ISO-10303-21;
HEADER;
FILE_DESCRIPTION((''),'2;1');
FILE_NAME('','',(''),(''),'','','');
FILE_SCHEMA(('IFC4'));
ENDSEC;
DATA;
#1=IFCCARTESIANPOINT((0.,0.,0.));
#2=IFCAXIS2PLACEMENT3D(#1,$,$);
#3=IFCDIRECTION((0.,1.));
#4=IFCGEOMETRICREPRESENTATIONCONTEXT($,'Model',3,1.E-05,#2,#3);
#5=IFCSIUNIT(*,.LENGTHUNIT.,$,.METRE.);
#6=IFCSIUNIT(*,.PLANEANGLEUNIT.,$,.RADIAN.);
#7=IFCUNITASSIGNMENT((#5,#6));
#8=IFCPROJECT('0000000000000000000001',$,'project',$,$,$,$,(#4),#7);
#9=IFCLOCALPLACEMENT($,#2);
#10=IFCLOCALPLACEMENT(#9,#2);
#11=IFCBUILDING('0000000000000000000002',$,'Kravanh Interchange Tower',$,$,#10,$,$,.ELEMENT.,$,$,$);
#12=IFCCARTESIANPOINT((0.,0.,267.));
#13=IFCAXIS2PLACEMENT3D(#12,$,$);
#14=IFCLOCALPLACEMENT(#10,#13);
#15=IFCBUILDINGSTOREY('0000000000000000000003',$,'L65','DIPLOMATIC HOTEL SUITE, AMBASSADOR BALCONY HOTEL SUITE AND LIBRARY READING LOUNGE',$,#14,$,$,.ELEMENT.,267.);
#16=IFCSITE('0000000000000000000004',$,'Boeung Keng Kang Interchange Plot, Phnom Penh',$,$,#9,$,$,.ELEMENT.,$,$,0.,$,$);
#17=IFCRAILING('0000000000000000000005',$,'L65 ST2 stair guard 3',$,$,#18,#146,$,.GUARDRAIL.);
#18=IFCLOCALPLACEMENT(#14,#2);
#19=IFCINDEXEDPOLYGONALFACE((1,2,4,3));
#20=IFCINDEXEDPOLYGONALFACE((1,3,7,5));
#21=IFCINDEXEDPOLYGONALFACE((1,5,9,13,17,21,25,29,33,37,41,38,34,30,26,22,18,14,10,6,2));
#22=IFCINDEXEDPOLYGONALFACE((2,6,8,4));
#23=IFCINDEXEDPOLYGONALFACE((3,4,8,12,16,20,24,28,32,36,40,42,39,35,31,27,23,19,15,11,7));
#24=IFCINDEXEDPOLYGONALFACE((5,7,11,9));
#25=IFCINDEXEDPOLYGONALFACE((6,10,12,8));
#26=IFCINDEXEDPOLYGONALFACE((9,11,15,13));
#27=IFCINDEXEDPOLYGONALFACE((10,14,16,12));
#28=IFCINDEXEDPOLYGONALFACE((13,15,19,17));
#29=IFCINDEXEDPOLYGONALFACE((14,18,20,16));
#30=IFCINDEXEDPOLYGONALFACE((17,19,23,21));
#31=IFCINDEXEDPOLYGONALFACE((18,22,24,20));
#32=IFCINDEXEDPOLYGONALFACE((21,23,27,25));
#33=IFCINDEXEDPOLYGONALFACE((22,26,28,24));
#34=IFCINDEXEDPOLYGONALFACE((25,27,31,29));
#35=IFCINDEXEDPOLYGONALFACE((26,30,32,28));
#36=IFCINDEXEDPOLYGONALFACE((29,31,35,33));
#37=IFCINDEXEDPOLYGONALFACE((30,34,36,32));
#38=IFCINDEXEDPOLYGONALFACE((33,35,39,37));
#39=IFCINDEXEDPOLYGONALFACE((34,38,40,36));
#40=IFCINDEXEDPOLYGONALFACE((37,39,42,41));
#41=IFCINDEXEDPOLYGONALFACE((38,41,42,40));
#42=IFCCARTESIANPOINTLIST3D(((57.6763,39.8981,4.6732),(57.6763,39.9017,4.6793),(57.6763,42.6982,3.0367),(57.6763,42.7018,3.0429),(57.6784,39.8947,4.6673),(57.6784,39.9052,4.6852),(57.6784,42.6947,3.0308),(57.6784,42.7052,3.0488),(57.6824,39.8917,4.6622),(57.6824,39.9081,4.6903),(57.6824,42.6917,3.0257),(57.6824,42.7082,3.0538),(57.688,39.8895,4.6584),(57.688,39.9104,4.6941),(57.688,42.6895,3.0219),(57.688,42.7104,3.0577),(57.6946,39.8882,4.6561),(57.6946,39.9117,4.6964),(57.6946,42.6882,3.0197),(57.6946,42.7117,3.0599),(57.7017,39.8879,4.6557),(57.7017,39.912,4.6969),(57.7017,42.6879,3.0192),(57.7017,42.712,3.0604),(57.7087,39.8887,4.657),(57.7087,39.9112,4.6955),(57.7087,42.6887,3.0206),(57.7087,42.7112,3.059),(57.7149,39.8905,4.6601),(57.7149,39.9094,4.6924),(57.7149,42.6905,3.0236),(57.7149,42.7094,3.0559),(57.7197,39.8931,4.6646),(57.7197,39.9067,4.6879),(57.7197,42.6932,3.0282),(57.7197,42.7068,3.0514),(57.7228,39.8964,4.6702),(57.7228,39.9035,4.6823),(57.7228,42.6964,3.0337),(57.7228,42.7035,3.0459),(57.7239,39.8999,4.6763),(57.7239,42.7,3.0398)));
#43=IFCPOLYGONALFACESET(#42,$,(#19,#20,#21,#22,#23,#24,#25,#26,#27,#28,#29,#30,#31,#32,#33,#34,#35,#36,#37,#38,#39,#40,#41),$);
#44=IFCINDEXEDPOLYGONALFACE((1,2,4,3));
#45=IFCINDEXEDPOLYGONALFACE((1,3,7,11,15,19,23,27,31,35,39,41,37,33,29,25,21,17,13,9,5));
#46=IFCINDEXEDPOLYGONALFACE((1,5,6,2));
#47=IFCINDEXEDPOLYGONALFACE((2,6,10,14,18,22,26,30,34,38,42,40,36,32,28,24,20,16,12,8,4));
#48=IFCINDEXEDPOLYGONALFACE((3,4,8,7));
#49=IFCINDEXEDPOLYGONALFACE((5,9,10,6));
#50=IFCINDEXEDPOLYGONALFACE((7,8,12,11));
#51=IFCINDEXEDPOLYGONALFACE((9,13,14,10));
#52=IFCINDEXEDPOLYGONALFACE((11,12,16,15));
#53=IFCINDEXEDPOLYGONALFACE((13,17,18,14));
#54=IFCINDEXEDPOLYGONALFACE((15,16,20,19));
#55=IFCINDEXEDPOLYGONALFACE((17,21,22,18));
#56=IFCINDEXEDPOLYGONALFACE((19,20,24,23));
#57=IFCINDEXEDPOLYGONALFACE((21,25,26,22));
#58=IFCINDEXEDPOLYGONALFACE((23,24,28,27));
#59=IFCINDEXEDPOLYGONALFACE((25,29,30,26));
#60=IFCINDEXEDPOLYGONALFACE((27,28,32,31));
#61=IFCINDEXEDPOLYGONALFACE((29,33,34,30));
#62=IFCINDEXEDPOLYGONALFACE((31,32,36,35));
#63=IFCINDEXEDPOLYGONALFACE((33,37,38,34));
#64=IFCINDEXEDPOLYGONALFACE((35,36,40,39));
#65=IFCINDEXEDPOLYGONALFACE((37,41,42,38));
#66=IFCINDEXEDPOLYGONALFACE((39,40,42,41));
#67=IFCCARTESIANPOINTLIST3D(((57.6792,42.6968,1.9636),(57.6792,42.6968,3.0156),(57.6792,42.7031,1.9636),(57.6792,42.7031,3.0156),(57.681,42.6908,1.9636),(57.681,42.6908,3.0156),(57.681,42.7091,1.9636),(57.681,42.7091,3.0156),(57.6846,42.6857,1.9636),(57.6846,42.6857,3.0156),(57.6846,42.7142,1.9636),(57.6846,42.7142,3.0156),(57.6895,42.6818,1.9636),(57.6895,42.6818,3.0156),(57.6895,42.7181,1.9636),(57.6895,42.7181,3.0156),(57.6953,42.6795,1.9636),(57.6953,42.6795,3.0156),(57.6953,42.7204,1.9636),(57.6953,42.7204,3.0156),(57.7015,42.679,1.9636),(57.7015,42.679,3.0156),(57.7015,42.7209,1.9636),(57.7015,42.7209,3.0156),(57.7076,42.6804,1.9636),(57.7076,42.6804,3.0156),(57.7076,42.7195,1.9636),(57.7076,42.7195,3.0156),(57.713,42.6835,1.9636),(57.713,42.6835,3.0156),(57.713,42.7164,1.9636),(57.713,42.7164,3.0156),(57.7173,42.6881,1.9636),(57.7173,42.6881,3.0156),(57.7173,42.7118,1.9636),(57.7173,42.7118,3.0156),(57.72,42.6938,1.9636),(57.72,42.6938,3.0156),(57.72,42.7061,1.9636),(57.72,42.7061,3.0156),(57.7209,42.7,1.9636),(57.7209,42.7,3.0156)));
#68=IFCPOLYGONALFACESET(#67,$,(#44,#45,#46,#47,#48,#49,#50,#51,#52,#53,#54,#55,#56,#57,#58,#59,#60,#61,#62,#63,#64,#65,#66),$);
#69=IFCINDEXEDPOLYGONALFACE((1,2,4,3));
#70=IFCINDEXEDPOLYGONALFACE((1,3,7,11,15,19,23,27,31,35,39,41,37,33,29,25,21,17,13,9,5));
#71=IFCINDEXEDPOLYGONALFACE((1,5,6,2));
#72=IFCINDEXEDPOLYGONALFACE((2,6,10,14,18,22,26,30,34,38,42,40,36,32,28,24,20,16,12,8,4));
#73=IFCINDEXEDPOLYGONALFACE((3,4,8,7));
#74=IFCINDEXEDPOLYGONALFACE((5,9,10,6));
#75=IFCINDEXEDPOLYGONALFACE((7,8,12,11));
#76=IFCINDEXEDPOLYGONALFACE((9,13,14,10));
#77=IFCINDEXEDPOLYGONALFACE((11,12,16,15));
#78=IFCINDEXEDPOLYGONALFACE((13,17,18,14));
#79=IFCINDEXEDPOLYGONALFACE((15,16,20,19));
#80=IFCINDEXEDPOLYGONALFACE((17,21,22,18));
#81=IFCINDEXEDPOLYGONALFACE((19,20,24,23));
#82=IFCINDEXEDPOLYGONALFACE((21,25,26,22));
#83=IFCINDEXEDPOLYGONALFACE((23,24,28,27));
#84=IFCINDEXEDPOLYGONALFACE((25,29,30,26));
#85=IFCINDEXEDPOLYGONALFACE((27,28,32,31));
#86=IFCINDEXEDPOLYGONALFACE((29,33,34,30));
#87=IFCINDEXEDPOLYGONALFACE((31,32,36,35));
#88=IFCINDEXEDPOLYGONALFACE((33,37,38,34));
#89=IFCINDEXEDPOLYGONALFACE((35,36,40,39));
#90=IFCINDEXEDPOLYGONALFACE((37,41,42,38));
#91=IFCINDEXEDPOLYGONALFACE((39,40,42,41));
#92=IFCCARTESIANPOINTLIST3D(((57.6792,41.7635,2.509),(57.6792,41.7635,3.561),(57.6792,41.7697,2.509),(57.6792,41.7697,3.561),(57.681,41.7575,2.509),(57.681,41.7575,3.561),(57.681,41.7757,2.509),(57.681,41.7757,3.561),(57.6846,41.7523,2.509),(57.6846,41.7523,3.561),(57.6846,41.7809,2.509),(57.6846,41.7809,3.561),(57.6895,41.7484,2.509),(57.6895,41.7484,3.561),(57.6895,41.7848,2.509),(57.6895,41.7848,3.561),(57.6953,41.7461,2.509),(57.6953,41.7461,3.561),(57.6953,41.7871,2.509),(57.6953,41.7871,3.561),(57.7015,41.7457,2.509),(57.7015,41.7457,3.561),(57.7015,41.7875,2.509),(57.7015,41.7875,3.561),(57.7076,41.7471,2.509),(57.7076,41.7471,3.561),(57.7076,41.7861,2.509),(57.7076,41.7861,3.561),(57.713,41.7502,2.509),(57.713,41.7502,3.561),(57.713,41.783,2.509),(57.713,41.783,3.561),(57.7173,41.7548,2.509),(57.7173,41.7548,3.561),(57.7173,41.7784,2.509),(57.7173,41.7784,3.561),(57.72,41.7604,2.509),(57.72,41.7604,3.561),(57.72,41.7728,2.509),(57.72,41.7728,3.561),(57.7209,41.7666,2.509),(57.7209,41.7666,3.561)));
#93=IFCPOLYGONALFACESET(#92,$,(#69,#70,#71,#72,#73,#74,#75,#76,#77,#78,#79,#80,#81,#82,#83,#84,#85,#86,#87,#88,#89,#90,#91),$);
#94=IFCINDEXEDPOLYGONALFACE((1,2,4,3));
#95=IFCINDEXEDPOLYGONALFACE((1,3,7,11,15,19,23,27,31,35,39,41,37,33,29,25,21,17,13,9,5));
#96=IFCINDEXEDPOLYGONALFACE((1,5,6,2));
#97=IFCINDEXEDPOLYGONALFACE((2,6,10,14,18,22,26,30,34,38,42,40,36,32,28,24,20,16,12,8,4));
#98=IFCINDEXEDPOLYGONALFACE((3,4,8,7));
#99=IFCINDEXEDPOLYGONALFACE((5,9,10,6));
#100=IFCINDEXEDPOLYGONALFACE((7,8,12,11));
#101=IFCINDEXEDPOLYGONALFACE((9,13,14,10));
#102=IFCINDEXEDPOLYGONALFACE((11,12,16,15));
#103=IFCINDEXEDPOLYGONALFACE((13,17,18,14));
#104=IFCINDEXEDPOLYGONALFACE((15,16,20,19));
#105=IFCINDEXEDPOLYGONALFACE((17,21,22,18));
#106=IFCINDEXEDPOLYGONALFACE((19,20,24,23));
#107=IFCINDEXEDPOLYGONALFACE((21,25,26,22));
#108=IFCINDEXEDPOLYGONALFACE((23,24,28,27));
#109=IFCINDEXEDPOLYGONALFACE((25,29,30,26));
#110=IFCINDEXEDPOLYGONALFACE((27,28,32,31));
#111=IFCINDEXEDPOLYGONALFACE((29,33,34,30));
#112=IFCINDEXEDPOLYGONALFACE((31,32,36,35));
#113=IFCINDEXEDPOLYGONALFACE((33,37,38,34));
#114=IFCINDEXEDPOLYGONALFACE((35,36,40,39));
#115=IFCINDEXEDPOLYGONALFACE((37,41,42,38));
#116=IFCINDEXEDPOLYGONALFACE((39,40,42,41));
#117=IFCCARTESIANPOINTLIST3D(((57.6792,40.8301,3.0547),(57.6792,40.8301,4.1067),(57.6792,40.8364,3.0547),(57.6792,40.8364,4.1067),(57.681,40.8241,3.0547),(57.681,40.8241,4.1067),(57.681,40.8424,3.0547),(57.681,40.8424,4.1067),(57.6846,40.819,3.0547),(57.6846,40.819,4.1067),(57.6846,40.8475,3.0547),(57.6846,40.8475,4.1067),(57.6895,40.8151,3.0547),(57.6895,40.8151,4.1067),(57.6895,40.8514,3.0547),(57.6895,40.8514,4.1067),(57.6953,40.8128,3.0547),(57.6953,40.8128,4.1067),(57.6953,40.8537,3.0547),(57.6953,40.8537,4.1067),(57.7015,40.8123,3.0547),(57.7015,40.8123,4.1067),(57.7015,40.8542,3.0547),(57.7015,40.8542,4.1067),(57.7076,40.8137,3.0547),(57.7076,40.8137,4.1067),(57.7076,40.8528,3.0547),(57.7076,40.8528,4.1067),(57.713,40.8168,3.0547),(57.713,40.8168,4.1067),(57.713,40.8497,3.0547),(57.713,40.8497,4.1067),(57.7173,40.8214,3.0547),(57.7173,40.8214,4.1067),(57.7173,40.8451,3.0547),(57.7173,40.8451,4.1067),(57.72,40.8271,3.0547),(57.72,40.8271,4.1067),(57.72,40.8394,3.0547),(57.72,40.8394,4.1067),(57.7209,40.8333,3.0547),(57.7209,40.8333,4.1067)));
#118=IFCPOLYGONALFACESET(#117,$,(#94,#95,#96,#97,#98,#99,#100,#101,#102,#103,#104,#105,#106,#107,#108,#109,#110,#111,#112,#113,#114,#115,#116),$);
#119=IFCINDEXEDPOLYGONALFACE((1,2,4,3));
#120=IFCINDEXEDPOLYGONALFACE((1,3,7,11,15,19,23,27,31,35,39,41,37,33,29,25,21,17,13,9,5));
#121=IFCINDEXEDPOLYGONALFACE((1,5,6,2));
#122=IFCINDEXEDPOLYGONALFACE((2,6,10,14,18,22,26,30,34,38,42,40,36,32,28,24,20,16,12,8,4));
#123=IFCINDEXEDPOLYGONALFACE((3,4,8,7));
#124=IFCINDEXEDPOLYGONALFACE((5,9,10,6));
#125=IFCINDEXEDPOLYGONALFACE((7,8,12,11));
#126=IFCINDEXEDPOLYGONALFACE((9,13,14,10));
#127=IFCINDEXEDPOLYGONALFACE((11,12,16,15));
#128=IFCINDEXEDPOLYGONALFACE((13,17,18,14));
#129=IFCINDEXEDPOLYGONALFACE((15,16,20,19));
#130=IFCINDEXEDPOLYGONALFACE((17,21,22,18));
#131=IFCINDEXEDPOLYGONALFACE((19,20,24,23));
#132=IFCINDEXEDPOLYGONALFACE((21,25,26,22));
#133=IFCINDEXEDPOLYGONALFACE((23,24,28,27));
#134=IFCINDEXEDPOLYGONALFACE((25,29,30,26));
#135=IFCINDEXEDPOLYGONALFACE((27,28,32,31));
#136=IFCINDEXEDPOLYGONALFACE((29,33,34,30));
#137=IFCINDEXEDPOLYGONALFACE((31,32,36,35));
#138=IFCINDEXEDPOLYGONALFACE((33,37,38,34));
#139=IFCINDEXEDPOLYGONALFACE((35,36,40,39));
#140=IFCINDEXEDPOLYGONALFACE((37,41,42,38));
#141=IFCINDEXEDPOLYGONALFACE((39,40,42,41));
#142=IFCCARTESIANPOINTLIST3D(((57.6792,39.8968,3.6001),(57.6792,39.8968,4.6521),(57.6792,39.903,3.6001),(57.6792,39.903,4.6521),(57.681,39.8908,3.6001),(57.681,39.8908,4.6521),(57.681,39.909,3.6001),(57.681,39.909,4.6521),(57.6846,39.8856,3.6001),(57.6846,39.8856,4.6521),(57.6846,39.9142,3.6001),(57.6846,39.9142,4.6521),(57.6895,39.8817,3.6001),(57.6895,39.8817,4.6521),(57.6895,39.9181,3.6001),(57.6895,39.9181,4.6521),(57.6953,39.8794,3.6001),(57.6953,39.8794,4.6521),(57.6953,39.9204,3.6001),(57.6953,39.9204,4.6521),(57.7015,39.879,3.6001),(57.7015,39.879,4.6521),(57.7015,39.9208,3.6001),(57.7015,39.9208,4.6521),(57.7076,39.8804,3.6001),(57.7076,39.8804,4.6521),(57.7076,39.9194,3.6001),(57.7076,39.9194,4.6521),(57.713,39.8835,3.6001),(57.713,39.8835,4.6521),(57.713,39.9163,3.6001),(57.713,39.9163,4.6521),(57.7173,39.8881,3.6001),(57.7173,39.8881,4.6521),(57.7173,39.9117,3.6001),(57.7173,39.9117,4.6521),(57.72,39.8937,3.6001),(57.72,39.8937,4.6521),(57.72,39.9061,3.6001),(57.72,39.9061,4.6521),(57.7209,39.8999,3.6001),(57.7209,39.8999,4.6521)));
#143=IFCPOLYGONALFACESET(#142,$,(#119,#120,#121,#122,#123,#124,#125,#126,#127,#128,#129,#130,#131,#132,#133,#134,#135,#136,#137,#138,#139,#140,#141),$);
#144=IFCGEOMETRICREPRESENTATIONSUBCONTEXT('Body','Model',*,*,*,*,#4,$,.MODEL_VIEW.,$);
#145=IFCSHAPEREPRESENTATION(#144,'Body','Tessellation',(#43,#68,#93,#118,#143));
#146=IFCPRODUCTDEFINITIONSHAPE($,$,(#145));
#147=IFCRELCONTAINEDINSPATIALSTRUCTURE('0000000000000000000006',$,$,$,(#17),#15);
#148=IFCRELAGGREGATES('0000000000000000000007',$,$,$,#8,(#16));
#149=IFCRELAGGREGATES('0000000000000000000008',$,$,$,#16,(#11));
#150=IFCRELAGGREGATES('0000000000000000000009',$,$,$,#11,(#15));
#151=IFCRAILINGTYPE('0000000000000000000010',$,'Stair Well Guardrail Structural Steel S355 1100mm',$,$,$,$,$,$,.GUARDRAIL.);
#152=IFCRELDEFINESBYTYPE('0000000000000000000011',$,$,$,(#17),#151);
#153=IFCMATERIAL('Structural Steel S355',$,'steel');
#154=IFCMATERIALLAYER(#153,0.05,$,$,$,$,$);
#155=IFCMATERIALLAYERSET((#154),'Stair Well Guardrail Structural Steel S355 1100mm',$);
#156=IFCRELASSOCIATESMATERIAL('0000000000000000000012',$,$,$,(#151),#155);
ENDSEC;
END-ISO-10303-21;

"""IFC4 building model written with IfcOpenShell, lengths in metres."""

from ifc_helpers import new_model, si_unit, direction, frame, origin, origin_2d, place, context, subcontext, project, spatial, circle, extrude, material, layer, layer_set, type_object, element, save


model = new_model("IFC4")

# Units and contexts
model_context = context("Model", 3, precision=1e-05, world=origin(), true_north=direction((0.0, 1.0)))
body_context = subcontext(model_context, "Body", "Model", "MODEL_VIEW")
ifc_project = project(units=[si_unit("LENGTHUNIT", "METRE"), si_unit("PLANEANGLEUNIT", "RADIAN")], contexts=[model_context])

# Site, building, storey
site_placement = place(None, origin())
site = spatial("IfcSite", under=ifc_project, at=site_placement, Name="Boeung Keng Kang Interchange Plot, Phnom Penh", CompositionType="ELEMENT", RefElevation=0.0)
building_placement = place(site_placement, origin())
building = spatial("IfcBuilding", under=site, at=building_placement, Name="Kravanh Interchange Tower", CompositionType="ELEMENT")
storey_placement = place(building_placement, frame((0.0, 0.0, 267.0)))
storey = spatial("IfcBuildingStorey", under=building, at=storey_placement, Name="L65", Description="DIPLOMATIC HOTEL SUITE, AMBASSADOR BALCONY HOTEL SUITE AND LIBRARY READING LOUNGE", CompositionType="ELEMENT", Elevation=267.0)

# Railing
ifc_material_1 = material(Name="Structural Steel S355", Category="steel")
ifc_layer_1 = layer(ifc_material_1, 0.05)
ifc_layer_set_1 = layer_set([ifc_layer_1], Name="Stair Well Guardrail Structural Steel S355 1100mm")
railing_type_1 = type_object("IfcRailingType", Name="Stair Well Guardrail Structural Steel S355 1100mm", PredefinedType="GUARDRAIL", material=ifc_layer_set_1)
railing_1_placement = place(storey_placement, frame((57.7, 42.7, 1.9636)))
element("IfcRailing", 1, at=railing_1_placement, inside=storey, type_object=railing_type_1, Name="L65 ST2 stair guard 3", PredefinedType="GUARDRAIL", context=body_context, shape_type="SweptSolid", body=[
    extrude(circle(Radius=0.0239, at=origin_2d()), frame((0.0, 0.0, 1.0762), z_axis=(0.0, -0.863361, 0.504587), x_axis=(1.0, 0.0, 0.0)), (0.0, 0.0, 1.0), 3.2432),
    extrude(circle(Radius=0.021, at=origin_2d()), origin(), (0.0, 0.0, 1.0), 1.052),
    extrude(circle(Radius=0.021, at=origin_2d()), frame((0.0, -0.9333, 0.5454)), (0.0, 0.0, 1.0), 1.052),
    extrude(circle(Radius=0.021, at=origin_2d()), frame((0.0, -1.8667, 1.0911)), (0.0, 0.0, 1.0), 1.052),
    extrude(circle(Radius=0.021, at=origin_2d()), frame((0.0, -2.8, 1.6365)), (0.0, 0.0, 1.0), 1.052),
])

save(model, "model.ifc")
